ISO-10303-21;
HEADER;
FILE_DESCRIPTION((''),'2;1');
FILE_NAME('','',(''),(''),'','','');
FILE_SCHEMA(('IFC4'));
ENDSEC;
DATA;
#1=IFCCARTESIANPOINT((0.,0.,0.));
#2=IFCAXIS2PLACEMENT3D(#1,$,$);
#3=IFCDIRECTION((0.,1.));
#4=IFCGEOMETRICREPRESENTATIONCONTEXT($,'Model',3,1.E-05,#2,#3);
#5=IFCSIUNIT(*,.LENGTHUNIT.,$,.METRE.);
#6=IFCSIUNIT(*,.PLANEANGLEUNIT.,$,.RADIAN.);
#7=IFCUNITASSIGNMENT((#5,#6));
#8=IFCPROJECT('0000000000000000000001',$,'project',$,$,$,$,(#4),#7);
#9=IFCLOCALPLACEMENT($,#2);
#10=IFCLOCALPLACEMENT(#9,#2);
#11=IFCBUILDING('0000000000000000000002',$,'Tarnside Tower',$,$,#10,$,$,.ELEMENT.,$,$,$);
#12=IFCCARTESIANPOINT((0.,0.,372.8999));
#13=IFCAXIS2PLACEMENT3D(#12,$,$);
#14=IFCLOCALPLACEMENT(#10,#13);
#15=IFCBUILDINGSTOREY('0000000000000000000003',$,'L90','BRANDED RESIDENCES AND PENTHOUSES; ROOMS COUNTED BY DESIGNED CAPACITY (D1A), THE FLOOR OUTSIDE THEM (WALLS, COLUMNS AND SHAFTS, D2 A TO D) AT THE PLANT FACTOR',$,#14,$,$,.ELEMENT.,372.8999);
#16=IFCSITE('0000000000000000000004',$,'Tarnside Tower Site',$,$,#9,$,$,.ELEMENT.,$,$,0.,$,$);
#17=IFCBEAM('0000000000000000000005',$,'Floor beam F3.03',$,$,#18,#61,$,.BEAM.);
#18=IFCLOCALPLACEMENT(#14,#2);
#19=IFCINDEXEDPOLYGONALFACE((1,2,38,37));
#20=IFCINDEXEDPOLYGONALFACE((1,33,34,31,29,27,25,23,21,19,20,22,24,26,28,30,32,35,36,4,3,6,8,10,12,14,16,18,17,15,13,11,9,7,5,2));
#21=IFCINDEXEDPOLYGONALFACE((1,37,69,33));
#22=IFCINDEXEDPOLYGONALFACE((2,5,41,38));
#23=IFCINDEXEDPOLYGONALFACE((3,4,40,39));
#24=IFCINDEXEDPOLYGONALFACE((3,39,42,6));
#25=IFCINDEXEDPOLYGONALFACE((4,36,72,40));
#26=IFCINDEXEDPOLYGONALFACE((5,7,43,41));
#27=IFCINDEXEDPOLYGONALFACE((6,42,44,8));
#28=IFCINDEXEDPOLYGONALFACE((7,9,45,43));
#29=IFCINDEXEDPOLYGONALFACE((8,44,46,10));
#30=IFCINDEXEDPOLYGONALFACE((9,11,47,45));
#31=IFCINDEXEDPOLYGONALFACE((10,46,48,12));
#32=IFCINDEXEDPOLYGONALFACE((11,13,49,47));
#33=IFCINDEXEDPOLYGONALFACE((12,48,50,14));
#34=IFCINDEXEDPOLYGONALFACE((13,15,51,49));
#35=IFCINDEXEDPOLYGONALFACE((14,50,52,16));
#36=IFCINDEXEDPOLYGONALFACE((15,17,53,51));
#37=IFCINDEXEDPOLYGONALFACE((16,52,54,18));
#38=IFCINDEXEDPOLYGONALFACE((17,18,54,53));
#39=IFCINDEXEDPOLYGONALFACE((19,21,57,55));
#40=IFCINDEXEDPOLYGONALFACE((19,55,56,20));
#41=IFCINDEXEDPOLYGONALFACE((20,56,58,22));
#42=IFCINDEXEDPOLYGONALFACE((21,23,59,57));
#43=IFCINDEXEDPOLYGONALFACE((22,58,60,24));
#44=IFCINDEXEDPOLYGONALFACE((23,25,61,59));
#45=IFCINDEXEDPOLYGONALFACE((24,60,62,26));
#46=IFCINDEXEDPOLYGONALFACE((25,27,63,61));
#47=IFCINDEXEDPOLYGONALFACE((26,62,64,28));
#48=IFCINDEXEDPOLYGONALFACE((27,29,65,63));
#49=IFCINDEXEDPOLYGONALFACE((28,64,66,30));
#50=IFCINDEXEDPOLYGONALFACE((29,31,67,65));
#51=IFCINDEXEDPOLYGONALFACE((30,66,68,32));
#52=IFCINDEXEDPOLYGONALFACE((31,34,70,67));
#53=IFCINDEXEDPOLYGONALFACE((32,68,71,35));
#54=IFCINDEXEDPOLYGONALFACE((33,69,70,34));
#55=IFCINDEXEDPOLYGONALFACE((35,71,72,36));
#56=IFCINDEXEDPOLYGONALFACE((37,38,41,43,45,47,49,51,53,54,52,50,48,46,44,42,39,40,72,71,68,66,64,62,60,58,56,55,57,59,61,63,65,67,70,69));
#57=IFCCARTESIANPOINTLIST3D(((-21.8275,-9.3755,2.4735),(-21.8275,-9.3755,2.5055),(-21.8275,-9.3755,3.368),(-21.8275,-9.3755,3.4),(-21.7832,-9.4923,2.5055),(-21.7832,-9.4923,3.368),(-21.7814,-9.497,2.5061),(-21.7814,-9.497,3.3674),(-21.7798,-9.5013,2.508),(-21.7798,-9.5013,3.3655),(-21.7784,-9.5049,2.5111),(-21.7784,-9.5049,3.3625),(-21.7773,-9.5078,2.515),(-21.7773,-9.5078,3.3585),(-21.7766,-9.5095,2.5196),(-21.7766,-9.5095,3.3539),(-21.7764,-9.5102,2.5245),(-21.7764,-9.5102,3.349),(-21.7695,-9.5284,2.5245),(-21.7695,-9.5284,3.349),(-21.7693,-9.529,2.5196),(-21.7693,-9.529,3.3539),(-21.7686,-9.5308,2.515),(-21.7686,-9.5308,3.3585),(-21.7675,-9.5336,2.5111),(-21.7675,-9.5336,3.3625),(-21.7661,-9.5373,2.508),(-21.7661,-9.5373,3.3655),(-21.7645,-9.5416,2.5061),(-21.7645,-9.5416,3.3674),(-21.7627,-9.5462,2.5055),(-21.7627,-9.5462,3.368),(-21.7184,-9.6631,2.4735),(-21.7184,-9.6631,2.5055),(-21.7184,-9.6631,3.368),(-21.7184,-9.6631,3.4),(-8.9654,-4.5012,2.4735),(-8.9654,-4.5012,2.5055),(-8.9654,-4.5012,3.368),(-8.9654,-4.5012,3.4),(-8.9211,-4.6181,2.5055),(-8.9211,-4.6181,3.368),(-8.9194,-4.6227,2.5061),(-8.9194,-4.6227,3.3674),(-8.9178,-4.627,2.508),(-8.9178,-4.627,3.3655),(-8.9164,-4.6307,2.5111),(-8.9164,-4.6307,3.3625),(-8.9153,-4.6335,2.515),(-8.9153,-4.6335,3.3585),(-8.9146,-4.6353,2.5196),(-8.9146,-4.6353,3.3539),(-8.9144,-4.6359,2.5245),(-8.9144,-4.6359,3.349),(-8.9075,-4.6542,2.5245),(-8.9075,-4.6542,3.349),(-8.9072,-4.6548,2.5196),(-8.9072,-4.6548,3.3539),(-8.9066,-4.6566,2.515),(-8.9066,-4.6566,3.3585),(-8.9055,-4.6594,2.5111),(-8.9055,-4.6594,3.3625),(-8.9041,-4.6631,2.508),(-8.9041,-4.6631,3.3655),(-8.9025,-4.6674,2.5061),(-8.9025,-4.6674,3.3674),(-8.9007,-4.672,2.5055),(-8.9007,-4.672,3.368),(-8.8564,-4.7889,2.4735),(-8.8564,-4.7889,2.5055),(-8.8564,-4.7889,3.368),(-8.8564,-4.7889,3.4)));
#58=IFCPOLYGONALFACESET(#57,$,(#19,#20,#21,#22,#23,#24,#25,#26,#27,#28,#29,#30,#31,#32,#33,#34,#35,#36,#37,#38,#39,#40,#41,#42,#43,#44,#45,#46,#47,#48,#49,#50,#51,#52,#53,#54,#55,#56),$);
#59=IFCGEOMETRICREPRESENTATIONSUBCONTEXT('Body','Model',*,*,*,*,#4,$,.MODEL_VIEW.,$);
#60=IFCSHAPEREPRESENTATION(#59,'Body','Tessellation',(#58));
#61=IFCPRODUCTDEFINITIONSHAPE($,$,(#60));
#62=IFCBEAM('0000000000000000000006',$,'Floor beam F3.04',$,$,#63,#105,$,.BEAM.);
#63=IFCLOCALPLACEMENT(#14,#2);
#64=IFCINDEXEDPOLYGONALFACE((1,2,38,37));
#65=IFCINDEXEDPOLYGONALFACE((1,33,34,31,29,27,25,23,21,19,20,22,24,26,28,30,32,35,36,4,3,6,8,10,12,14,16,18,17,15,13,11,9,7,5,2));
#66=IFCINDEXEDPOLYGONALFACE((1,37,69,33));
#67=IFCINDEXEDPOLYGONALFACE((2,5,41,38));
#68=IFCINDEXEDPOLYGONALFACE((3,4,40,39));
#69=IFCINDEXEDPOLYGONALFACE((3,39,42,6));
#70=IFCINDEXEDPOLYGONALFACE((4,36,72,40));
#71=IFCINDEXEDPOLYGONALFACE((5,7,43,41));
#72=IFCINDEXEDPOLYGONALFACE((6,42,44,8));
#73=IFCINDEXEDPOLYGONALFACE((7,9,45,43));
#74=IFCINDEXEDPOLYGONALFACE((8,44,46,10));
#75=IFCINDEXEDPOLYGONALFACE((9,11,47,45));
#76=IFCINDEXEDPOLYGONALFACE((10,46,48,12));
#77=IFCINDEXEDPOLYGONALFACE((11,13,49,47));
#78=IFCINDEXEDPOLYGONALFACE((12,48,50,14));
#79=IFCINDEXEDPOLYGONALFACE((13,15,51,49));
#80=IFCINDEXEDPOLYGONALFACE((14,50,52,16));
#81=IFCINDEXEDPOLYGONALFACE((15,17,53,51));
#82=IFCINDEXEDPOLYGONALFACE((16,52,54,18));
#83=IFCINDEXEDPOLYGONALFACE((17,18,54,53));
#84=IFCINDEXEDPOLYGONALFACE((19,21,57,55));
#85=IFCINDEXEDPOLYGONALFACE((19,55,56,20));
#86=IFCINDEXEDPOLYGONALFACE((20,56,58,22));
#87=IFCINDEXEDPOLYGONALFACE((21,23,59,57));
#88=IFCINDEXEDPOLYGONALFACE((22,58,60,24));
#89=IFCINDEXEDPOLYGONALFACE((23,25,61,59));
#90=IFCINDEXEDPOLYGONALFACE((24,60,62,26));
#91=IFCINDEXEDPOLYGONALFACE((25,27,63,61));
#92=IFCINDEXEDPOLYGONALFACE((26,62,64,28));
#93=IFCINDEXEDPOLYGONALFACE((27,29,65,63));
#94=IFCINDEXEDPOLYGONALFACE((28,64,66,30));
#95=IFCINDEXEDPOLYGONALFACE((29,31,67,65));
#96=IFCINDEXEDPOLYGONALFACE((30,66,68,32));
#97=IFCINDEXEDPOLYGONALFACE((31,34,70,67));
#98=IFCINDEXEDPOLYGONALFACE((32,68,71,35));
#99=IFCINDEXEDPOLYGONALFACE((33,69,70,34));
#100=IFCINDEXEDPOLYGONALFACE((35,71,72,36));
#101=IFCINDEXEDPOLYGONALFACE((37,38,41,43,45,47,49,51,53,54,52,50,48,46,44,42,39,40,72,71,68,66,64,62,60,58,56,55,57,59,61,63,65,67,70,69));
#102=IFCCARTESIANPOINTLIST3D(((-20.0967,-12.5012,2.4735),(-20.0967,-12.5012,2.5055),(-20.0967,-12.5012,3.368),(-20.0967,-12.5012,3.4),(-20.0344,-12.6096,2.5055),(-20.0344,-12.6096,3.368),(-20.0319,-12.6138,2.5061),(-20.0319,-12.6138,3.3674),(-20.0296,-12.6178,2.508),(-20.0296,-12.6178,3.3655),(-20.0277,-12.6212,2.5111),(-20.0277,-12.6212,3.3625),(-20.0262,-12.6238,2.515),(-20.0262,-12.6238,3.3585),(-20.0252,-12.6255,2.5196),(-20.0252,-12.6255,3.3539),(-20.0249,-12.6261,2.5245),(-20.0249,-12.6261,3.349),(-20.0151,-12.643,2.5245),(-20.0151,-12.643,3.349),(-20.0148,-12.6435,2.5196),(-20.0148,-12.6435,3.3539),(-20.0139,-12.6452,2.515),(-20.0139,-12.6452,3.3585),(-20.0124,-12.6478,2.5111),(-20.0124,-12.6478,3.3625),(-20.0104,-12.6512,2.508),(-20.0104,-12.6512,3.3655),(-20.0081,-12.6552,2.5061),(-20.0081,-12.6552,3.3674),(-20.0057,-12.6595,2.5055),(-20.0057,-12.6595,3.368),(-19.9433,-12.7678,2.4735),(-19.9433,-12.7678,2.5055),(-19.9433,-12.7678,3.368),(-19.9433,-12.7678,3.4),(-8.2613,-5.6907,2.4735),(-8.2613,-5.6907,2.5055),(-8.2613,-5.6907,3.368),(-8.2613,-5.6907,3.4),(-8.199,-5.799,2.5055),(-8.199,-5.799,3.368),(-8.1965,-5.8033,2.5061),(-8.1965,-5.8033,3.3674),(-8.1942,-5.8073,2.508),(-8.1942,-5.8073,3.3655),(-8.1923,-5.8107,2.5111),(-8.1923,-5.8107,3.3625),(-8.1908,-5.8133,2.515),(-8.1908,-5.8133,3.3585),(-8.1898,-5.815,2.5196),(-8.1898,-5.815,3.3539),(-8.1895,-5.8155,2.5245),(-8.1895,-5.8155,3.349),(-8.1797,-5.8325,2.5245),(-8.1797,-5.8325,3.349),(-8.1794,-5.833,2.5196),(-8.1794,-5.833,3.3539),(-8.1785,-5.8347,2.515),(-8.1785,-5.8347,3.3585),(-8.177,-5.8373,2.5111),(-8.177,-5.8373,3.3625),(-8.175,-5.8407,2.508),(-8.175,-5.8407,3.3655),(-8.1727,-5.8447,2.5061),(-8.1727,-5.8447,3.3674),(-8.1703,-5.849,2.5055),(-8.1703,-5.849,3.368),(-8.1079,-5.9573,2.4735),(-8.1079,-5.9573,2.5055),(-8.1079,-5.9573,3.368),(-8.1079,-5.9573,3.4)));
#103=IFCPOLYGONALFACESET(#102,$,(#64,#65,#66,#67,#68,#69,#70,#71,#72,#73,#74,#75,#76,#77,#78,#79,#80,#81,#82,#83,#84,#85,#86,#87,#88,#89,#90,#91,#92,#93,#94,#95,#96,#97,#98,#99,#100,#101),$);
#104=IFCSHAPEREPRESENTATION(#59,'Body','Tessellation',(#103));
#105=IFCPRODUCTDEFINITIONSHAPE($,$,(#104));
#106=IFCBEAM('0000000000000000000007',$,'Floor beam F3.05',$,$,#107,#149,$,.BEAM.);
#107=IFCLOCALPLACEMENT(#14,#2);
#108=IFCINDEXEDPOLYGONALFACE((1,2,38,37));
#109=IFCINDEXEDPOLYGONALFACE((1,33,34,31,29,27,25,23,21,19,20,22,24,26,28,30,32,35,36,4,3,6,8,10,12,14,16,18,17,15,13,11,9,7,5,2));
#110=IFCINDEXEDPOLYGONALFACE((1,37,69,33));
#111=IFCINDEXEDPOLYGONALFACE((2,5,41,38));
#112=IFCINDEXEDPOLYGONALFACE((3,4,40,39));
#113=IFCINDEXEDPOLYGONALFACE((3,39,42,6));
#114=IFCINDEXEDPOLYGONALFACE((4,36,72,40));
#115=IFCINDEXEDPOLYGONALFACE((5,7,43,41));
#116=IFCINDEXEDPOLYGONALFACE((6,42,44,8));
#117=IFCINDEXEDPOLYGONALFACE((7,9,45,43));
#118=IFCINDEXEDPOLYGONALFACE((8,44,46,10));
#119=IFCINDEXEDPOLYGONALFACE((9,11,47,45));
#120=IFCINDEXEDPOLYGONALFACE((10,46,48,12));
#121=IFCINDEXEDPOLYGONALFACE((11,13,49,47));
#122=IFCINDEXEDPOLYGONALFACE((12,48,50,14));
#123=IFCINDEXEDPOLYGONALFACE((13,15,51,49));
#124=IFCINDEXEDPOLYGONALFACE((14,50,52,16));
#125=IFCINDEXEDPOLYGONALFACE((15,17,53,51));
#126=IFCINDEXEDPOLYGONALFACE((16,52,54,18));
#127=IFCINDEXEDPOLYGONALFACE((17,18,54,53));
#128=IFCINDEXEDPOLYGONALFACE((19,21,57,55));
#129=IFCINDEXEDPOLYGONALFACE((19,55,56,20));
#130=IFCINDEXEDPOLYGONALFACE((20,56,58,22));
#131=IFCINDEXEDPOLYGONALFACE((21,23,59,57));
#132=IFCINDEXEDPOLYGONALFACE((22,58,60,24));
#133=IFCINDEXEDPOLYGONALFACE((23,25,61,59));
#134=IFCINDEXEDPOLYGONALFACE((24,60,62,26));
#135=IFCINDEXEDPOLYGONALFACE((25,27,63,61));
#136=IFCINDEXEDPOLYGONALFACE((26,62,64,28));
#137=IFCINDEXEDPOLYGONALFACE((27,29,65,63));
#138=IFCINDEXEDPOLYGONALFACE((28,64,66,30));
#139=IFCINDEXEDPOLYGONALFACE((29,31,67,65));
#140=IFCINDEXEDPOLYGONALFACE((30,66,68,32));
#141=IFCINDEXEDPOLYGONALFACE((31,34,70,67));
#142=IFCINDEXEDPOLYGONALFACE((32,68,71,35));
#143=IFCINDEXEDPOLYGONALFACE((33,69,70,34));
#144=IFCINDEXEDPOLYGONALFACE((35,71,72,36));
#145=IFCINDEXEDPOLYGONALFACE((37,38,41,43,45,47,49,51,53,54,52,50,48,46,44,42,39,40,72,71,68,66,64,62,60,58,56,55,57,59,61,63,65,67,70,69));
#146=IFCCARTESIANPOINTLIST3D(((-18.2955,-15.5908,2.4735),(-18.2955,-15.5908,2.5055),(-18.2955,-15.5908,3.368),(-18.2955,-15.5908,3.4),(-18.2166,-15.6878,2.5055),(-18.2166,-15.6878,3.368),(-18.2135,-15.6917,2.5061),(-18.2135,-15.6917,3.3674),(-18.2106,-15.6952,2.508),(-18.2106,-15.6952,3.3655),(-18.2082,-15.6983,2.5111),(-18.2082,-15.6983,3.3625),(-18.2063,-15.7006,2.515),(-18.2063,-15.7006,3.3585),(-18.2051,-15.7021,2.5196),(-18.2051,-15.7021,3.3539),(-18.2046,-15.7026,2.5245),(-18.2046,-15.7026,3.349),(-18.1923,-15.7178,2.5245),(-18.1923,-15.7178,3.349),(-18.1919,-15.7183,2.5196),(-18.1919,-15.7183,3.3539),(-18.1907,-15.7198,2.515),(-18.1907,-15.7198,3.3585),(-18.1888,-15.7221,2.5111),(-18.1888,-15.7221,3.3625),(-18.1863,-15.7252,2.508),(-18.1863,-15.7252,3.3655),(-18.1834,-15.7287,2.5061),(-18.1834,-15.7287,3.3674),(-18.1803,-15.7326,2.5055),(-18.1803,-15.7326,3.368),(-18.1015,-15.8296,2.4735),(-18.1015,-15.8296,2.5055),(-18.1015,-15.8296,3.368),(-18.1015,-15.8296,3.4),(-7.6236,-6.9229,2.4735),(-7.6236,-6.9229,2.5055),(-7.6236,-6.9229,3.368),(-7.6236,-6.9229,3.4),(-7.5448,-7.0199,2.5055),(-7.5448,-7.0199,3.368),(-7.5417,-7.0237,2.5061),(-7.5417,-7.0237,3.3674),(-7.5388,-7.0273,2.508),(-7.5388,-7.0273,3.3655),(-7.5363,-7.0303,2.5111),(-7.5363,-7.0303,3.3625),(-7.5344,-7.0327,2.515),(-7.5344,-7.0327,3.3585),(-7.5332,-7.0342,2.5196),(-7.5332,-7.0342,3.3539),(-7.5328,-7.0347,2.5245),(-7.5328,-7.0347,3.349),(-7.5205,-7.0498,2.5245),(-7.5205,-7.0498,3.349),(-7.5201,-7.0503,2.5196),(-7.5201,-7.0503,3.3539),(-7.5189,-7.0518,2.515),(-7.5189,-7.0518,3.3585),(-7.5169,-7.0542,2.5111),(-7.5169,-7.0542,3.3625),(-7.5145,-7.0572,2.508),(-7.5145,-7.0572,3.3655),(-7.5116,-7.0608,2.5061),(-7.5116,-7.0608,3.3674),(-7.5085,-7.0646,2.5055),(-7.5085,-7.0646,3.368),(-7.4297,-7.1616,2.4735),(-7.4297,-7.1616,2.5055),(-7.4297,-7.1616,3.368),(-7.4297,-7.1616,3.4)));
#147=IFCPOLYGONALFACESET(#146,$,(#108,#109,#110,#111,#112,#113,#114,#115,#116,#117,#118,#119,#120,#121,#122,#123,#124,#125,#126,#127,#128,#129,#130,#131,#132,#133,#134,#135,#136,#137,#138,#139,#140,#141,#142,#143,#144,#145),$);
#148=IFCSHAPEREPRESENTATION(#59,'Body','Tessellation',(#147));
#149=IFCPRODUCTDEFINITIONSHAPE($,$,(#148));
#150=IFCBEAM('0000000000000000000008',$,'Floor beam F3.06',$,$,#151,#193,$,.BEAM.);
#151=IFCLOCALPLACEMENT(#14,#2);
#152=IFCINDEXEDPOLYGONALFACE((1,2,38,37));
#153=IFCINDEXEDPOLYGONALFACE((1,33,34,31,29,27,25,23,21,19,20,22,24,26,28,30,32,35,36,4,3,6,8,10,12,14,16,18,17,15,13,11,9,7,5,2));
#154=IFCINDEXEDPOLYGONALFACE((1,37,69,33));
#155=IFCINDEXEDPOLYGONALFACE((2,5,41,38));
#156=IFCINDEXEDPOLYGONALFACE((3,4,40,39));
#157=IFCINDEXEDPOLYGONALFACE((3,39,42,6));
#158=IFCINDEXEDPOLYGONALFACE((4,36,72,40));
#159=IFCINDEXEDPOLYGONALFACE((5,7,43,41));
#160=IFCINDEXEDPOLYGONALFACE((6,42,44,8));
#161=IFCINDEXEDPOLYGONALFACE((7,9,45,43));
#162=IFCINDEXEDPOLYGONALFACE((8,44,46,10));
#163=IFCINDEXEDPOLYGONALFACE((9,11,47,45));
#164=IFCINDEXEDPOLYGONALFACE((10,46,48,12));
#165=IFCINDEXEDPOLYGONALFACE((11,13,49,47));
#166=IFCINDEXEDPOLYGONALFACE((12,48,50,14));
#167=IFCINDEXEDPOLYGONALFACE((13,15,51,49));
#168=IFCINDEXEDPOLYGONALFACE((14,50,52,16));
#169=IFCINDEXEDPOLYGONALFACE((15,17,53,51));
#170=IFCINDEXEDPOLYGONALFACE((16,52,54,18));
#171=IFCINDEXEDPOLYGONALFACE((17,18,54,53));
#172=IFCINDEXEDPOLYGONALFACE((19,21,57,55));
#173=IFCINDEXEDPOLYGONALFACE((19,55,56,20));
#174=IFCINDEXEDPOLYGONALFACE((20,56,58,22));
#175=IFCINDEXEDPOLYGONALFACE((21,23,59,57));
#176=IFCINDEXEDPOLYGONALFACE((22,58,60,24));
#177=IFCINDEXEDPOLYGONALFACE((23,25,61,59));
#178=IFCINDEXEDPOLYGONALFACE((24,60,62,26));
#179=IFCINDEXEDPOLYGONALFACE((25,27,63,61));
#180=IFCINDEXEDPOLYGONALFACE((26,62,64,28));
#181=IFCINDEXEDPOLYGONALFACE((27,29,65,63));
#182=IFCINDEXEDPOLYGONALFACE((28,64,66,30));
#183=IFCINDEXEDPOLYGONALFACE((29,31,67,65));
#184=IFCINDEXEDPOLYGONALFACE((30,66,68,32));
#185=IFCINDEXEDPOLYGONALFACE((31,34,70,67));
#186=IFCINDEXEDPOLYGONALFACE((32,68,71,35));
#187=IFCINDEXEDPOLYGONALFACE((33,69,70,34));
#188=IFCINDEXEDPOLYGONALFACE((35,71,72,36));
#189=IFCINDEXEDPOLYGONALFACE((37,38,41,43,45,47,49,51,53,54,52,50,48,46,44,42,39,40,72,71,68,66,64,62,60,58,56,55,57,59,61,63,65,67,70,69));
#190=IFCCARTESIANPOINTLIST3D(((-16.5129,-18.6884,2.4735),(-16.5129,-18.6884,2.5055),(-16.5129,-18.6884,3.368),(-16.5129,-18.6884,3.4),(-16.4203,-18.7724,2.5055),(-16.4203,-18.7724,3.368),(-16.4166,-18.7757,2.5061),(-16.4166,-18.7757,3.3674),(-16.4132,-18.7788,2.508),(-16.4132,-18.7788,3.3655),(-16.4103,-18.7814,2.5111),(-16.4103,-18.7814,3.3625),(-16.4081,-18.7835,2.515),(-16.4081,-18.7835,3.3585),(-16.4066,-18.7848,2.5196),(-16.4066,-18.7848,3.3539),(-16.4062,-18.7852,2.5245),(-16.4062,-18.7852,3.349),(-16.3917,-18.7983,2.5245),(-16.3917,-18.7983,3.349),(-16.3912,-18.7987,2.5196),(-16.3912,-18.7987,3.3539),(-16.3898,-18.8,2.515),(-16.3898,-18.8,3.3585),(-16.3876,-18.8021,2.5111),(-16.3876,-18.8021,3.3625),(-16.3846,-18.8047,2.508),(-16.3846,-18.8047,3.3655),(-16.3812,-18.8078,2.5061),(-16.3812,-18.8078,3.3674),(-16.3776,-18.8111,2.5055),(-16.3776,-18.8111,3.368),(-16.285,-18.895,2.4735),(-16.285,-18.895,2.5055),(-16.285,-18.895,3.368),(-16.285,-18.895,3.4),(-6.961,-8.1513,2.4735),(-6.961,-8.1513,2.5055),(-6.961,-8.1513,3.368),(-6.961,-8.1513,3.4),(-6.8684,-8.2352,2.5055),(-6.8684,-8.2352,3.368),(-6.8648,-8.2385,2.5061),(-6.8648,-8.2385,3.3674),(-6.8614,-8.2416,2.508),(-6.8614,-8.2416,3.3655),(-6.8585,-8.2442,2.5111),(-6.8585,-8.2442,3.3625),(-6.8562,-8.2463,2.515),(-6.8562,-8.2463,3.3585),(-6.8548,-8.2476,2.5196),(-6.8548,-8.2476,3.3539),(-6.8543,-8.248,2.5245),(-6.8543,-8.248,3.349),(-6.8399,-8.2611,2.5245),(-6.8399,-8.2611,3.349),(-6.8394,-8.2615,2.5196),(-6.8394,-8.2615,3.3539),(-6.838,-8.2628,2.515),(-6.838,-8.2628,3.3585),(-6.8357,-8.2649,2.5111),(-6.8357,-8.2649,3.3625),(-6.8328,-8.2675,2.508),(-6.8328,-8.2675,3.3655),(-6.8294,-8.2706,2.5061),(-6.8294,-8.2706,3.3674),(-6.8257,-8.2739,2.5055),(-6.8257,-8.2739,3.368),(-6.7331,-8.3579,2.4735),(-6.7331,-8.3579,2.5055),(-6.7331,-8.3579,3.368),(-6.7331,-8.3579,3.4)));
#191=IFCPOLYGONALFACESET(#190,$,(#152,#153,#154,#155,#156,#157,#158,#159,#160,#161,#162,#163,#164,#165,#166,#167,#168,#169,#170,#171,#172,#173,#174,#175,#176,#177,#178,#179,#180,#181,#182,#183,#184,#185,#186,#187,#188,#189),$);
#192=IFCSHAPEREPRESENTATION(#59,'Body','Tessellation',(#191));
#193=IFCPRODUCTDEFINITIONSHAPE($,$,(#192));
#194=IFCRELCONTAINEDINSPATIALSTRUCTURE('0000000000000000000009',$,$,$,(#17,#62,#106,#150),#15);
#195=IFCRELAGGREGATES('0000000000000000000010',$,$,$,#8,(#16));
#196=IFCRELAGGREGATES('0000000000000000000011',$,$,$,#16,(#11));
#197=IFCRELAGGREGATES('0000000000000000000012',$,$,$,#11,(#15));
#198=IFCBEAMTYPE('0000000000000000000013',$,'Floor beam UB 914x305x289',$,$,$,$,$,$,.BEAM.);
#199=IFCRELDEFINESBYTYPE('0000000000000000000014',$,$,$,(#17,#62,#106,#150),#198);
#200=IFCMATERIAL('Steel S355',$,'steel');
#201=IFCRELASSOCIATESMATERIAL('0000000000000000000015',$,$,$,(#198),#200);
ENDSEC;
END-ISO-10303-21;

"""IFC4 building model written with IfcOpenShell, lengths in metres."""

from ifc_helpers import new_model, si_unit, direction, frame, origin, origin_2d, place, context, subcontext, project, spatial, i_section, extrude, material, material_profile, profile_set, type_object, element, save


model = new_model("IFC4")

# Units and contexts
model_context = context("Model", 3, precision=1e-05, world=origin(), true_north=direction((0.0, 1.0)))
body_context = subcontext(model_context, "Body", "Model", "MODEL_VIEW")
ifc_project = project(units=[si_unit("LENGTHUNIT", "METRE"), si_unit("PLANEANGLEUNIT", "RADIAN")], contexts=[model_context])

# Site, building, storey
site_placement = place(None, origin())
site = spatial("IfcSite", under=ifc_project, at=site_placement, Name="Tarnside Tower Site", CompositionType="ELEMENT", RefElevation=0.0)
building_placement = place(site_placement, origin())
building = spatial("IfcBuilding", under=site, at=building_placement, Name="Tarnside Tower", CompositionType="ELEMENT")
storey_placement = place(building_placement, frame((0.0, 0.0, 372.8999)))
storey = spatial("IfcBuildingStorey", under=building, at=storey_placement, Name="L90", Description="BRANDED RESIDENCES AND PENTHOUSES; ROOMS COUNTED BY DESIGNED CAPACITY (D1A), THE FLOOR OUTSIDE THEM (WALLS, COLUMNS AND SHAFTS, D2 A TO D) AT THE PLANT FACTOR", CompositionType="ELEMENT", Elevation=372.8999)

# Beams
ifc_material_1 = material(Name="Steel S355", Category="steel")
ifc_material_profile = material_profile(ifc_material_1, i_section(OverallWidth=0.3076, OverallDepth=0.9265, WebThickness=0.0195, FlangeThickness=0.032, FilletRadius=0.019, at=origin_2d()), Name="UB 914x305x289")
ifc_profile_set = profile_set([ifc_material_profile], Name="Steel S355")
beam_type = type_object("IfcBeamType", Name="Floor beam UB 914x305x289", PredefinedType="BEAM", material=ifc_profile_set)
beam_1_placement = place(storey_placement, frame((-21.7729, -9.5193, 2.9368), z_axis=(0.935105, 0.354372, 0.0), x_axis=(-0.354372, 0.935105, 0.0)))
element("IfcBeam", 1, at=beam_1_placement, inside=storey, type_object=beam_type, Name="Floor beam F3.03", PredefinedType="BEAM", context=body_context, shape_type="SweptSolid", body=[
    extrude(i_section(OverallWidth=0.3076, OverallDepth=0.9265, WebThickness=0.0195, FlangeThickness=0.032, FilletRadius=0.019, at=origin_2d()), origin(), (0.0, 0.0, 1.0), 13.7546),
])
beam_2_placement = place(storey_placement, frame((-20.02, -12.6345, 2.9368), z_axis=(0.866743, 0.498755, 0.0), x_axis=(-0.498755, 0.866743, 0.0)))
element("IfcBeam", 2, at=beam_2_placement, inside=storey, type_object=beam_type, Name="Floor beam F3.04", PredefinedType="BEAM", context=body_context, shape_type="SweptSolid", body=[
    extrude(i_section(OverallWidth=0.3076, OverallDepth=0.9265, WebThickness=0.0195, FlangeThickness=0.032, FilletRadius=0.019, at=origin_2d()), origin(), (0.0, 0.0, 1.0), 13.655),
])
beam_3_placement = place(storey_placement, frame((-18.1985, -15.7102, 2.9368), z_axis=(0.776218, 0.630464, 0.0), x_axis=(-0.630464, 0.776218, 0.0)))
element("IfcBeam", 3, at=beam_3_placement, inside=storey, type_object=beam_type, Name="Floor beam F3.05", PredefinedType="BEAM", context=body_context, shape_type="SweptSolid", body=[
    extrude(i_section(OverallWidth=0.3076, OverallDepth=0.9265, WebThickness=0.0195, FlangeThickness=0.032, FilletRadius=0.019, at=origin_2d()), origin(), (0.0, 0.0, 1.0), 13.7485),
])
beam_4_placement = place(storey_placement, frame((-16.3989, -18.7917, 2.9368), z_axis=(0.671616, 0.740899, 0.0), x_axis=(-0.740899, 0.671616, 0.0)))
element("IfcBeam", 4, at=beam_4_placement, inside=storey, type_object=beam_type, Name="Floor beam F3.06", PredefinedType="BEAM", context=body_context, shape_type="SweptSolid", body=[
    extrude(i_section(OverallWidth=0.3076, OverallDepth=0.9265, WebThickness=0.0195, FlangeThickness=0.032, FilletRadius=0.019, at=origin_2d()), origin(), (0.0, 0.0, 1.0), 14.2222),
])

save(model, "model.ifc")
